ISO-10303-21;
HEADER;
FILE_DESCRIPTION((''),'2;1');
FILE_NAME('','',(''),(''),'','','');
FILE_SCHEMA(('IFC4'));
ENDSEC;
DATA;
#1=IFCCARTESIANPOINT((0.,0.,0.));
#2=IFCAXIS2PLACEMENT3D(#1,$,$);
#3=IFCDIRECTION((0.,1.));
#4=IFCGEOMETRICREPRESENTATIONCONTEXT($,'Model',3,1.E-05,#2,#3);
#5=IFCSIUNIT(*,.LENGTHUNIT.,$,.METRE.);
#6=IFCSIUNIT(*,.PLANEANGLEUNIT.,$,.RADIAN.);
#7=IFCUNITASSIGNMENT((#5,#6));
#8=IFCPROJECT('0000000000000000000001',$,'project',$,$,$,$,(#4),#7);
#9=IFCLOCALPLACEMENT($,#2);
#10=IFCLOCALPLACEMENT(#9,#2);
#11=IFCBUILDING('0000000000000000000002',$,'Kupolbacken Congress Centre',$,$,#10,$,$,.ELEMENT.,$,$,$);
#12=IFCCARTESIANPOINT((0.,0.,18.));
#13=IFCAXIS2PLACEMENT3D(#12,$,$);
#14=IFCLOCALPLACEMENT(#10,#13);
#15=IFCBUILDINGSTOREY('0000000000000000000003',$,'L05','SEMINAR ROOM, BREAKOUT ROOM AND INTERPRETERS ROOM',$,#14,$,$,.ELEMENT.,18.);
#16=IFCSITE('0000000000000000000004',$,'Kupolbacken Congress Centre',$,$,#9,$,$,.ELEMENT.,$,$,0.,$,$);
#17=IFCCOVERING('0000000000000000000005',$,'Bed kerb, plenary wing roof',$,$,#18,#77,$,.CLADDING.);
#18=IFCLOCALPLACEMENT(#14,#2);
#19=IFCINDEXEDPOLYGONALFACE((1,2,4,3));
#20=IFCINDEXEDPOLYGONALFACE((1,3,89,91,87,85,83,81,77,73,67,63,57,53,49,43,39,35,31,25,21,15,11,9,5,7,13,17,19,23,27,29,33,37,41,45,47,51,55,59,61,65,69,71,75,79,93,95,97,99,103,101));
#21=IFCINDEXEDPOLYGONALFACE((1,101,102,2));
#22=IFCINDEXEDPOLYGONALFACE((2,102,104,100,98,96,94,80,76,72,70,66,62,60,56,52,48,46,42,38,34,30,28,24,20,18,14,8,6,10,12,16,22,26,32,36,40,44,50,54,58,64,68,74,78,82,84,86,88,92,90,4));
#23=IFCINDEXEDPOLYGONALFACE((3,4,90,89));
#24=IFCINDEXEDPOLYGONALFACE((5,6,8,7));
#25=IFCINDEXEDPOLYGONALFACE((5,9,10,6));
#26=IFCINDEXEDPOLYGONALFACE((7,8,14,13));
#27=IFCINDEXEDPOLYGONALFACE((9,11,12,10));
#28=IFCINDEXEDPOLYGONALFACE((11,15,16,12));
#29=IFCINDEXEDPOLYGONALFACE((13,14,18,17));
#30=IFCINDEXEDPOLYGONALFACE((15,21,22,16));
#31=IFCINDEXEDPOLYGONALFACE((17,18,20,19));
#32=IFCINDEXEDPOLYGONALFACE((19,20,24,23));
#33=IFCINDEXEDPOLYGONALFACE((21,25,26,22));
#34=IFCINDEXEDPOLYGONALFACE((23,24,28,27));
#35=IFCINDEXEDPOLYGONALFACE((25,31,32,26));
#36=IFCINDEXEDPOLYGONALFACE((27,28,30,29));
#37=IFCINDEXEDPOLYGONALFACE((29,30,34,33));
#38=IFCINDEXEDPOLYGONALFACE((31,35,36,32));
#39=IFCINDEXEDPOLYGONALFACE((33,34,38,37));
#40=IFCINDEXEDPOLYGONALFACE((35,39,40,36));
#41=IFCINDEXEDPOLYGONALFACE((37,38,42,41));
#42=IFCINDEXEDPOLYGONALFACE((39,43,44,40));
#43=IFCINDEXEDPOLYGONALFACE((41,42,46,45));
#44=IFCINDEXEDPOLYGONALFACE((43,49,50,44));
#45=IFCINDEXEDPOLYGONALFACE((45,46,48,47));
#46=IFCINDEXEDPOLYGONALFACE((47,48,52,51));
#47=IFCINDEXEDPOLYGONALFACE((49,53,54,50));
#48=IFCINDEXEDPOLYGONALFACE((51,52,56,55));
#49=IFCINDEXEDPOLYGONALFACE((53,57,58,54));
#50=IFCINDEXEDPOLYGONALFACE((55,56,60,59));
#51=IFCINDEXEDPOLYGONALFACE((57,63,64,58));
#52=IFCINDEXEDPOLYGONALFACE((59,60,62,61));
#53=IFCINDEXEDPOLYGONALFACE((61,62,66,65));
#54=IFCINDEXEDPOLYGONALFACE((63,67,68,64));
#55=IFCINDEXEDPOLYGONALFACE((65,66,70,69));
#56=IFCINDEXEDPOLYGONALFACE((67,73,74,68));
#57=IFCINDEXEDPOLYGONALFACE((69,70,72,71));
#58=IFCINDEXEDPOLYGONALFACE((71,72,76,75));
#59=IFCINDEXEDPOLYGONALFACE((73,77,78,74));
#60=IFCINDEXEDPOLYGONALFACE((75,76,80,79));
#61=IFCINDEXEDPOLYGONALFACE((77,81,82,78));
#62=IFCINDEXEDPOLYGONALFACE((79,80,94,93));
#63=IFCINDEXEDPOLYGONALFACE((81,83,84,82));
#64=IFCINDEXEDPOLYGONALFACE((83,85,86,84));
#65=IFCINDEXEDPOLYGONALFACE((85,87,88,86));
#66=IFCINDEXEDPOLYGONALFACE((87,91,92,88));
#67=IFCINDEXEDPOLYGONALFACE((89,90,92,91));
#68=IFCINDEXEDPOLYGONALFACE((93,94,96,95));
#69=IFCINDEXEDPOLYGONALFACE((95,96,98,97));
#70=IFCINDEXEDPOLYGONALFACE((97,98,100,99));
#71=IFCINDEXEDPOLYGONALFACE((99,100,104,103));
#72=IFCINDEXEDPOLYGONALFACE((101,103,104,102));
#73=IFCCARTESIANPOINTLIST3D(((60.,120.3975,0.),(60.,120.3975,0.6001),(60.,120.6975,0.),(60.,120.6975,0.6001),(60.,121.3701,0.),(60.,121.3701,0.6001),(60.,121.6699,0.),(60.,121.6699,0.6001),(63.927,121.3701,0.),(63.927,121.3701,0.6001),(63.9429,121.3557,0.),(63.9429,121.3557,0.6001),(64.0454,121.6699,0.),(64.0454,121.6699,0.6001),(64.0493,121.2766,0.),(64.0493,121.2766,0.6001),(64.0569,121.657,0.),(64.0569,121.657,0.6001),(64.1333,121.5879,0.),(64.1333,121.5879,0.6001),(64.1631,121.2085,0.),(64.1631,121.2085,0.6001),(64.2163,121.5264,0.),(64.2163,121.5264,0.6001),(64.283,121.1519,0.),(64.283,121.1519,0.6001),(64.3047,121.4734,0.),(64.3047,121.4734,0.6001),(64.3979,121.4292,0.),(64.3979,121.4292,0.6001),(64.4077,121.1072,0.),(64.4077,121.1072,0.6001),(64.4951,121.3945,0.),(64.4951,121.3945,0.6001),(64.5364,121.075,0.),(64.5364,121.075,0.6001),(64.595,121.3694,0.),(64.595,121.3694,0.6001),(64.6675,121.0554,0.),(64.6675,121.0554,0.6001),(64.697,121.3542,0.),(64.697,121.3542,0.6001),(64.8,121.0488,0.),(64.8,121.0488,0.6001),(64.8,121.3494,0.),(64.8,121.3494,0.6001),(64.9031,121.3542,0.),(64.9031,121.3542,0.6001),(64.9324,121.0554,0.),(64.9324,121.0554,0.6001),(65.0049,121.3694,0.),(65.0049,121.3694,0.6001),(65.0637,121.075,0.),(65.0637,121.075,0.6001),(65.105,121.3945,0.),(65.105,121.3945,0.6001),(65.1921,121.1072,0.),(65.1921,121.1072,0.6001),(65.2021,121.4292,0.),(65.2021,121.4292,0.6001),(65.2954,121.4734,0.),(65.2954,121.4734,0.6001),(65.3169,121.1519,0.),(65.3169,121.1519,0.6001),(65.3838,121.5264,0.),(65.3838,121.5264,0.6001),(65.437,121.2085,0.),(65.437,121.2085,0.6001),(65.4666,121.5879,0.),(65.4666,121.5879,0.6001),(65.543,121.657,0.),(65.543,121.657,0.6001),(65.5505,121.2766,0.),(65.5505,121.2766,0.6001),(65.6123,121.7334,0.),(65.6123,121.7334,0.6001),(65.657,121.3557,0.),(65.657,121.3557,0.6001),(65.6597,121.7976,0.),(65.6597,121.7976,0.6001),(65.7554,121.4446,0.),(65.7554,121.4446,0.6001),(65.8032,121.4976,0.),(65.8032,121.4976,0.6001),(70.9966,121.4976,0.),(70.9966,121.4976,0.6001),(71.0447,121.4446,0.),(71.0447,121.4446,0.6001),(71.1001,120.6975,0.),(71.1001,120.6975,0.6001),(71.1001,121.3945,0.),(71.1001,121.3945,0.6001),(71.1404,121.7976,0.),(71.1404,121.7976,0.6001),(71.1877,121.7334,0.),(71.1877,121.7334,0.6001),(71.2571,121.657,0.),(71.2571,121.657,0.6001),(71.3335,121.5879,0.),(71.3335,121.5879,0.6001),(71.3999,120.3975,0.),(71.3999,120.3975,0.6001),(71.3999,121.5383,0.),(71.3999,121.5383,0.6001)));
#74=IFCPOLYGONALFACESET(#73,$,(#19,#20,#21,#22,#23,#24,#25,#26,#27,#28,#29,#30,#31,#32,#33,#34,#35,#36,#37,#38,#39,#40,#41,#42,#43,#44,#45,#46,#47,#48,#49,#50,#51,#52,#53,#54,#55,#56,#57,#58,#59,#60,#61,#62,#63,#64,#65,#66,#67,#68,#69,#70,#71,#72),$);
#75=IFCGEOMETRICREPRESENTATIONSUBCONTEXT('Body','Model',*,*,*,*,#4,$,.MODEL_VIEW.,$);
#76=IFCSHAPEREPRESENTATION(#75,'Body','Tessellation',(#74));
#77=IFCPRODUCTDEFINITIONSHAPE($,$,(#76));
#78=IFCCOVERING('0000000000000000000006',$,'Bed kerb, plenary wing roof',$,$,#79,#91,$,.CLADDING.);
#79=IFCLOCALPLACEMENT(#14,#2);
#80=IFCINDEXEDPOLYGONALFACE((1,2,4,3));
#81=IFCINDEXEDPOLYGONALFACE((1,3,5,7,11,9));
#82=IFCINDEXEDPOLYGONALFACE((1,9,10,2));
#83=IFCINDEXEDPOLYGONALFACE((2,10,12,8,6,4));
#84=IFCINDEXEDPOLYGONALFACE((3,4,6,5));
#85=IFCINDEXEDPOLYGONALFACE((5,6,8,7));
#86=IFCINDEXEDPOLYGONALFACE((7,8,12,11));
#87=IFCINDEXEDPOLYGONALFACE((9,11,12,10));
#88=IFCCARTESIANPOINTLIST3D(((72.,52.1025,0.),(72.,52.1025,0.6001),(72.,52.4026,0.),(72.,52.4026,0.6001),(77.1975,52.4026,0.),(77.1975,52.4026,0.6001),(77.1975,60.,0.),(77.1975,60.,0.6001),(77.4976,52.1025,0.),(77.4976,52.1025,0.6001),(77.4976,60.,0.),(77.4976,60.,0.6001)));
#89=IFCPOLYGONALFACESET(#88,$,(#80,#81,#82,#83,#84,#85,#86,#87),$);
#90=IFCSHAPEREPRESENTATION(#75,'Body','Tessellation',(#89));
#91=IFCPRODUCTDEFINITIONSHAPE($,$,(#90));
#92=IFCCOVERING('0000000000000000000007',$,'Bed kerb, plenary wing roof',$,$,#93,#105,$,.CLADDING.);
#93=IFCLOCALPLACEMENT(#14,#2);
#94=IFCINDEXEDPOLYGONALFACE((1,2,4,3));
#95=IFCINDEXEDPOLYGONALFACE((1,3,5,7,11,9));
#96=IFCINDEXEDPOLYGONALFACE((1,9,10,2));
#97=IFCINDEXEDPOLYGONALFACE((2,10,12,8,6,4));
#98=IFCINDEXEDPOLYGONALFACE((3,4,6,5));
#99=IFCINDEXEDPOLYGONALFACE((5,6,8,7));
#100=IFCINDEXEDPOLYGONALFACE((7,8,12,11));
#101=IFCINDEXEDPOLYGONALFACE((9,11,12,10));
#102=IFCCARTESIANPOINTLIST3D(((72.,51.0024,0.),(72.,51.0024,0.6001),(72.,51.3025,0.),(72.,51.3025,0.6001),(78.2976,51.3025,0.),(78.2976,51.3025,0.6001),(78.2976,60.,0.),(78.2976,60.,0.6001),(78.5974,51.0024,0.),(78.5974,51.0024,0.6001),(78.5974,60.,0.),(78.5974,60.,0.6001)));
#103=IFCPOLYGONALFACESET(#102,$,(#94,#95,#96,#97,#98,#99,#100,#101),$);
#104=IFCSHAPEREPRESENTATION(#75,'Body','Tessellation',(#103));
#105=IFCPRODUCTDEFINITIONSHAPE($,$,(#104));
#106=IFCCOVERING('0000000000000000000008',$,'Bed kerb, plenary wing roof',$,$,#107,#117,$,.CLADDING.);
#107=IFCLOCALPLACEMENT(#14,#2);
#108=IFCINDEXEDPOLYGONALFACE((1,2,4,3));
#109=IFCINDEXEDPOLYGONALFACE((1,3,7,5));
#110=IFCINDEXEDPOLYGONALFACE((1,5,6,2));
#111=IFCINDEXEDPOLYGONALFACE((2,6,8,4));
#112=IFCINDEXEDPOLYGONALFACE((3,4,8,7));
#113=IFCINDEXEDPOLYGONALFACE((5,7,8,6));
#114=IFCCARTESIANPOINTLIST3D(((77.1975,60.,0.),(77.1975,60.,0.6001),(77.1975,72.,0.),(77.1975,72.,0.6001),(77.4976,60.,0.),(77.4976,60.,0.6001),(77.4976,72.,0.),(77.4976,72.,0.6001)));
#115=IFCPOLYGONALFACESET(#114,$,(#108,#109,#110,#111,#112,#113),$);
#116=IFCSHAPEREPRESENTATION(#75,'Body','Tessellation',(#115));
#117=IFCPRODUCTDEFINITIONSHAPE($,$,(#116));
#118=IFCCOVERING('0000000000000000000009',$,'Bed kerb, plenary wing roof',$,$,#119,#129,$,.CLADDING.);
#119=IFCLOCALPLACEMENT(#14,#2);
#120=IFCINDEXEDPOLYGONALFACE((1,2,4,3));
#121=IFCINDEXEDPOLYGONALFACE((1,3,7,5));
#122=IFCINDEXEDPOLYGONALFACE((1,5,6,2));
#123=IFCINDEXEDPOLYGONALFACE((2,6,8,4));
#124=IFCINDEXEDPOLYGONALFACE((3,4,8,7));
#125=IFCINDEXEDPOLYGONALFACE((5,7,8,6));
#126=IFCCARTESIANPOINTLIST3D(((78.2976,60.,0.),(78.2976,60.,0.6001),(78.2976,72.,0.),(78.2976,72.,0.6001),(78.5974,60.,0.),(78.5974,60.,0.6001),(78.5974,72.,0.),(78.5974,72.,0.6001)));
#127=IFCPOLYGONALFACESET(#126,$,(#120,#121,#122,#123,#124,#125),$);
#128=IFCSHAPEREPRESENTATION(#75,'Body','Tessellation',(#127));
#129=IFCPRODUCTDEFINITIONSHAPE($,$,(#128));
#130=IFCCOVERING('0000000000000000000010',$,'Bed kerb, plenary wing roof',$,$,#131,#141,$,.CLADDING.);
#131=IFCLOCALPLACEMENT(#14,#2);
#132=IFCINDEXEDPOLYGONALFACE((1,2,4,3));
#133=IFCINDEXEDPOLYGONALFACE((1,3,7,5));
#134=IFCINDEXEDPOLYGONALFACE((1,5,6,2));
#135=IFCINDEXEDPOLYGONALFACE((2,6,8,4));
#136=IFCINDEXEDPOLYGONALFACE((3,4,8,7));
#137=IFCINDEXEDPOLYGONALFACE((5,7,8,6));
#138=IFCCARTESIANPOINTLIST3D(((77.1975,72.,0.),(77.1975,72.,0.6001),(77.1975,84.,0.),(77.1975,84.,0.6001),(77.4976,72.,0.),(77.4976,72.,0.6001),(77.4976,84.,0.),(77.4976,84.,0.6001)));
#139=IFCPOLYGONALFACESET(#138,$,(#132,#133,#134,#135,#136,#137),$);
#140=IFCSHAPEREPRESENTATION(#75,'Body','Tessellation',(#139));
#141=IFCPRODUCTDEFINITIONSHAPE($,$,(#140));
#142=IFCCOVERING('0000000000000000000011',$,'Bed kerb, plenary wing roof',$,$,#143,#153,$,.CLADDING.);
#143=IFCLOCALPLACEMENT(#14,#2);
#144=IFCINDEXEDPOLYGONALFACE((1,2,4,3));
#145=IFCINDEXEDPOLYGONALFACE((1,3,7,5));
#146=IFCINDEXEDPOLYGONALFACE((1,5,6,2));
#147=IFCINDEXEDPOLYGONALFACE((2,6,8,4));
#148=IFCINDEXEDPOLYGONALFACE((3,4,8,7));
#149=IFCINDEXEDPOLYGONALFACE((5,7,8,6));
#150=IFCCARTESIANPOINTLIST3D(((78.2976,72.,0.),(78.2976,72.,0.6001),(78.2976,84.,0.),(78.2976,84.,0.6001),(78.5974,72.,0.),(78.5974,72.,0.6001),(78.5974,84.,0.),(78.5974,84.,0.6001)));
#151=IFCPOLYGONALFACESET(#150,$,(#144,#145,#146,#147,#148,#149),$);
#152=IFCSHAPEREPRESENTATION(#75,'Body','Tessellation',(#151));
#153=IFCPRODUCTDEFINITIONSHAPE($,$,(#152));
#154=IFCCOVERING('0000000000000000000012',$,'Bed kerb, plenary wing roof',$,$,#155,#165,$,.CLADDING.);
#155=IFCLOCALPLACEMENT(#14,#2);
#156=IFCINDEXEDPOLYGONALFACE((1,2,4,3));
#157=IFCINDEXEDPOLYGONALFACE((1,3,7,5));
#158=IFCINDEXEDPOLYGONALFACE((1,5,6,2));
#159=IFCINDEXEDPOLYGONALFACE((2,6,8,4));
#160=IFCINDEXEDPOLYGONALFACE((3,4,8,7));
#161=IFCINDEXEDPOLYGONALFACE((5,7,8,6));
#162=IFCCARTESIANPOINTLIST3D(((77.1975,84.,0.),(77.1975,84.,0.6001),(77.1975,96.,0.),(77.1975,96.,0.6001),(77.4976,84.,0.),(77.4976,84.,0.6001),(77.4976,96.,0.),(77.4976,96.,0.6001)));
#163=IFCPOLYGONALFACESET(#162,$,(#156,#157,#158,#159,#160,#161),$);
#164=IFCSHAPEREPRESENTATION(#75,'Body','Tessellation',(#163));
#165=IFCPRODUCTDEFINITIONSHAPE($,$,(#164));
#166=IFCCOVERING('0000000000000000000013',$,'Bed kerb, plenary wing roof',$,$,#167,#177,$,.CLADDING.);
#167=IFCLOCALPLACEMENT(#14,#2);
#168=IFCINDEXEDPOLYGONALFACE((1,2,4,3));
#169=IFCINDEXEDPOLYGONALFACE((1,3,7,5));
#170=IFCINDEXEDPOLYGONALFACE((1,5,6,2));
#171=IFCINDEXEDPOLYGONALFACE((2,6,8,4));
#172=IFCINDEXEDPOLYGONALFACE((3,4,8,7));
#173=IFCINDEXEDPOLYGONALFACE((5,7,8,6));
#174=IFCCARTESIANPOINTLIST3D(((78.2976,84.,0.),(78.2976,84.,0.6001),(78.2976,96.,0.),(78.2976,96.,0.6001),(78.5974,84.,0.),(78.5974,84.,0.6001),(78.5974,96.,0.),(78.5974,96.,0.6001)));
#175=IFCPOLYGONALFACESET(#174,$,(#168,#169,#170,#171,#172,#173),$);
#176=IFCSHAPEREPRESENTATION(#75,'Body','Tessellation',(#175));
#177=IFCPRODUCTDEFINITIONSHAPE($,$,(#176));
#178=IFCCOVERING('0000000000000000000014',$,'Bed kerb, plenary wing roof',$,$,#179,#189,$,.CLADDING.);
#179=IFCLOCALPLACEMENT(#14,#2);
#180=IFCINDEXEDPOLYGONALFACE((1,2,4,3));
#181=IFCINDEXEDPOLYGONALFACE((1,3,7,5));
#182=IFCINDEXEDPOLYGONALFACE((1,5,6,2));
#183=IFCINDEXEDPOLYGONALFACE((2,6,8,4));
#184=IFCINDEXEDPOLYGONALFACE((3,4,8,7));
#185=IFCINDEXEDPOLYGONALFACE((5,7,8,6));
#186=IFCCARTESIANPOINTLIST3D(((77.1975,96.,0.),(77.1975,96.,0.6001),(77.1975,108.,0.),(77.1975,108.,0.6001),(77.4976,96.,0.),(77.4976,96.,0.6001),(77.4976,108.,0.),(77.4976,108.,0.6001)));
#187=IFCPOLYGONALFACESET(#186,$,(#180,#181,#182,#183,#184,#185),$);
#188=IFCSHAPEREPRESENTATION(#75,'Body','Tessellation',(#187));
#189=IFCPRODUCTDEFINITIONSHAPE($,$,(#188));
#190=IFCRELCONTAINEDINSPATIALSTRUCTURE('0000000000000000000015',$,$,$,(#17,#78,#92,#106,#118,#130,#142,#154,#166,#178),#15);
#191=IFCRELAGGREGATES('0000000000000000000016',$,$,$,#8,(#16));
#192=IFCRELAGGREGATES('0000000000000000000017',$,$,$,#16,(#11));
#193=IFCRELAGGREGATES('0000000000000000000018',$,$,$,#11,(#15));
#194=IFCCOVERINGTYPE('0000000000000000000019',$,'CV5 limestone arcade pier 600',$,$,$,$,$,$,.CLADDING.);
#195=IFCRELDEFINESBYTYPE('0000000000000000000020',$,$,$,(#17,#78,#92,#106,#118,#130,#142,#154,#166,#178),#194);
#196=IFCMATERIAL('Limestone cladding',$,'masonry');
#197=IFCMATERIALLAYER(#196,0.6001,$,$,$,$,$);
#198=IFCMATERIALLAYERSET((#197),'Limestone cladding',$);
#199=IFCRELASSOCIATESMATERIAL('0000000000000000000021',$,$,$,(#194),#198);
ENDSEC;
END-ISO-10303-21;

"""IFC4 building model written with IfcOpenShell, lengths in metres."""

from ifc_helpers import new_model, si_unit, direction, frame, origin, place, context, subcontext, project, spatial, polyline, outline, extrude, material, layer, layer_set, type_object, element, save


model = new_model("IFC4")

# Units and contexts
model_context = context("Model", 3, precision=1e-05, world=origin(), true_north=direction((0.0, 1.0)))
body_context = subcontext(model_context, "Body", "Model", "MODEL_VIEW")
ifc_project = project(units=[si_unit("LENGTHUNIT", "METRE"), si_unit("PLANEANGLEUNIT", "RADIAN")], contexts=[model_context])

# Site, building, storey
site_placement = place(None, origin())
site = spatial("IfcSite", under=ifc_project, at=site_placement, Name="Kupolbacken Congress Centre", CompositionType="ELEMENT", RefElevation=0.0)
building_placement = place(site_placement, origin())
building = spatial("IfcBuilding", under=site, at=building_placement, Name="Kupolbacken Congress Centre", CompositionType="ELEMENT")
storey_placement = place(building_placement, frame((0.0, 0.0, 18.0)))
storey = spatial("IfcBuildingStorey", under=building, at=storey_placement, Name="L05", Description="SEMINAR ROOM, BREAKOUT ROOM AND INTERPRETERS ROOM", CompositionType="ELEMENT", Elevation=18.0)

# Coverings
ifc_material_1 = material(Name="Limestone cladding", Category="masonry")
ifc_layer_1 = layer(ifc_material_1, 0.6001)
ifc_layer_set_1 = layer_set([ifc_layer_1], Name="Limestone cladding")
covering_type_1 = type_object("IfcCoveringType", Name="CV5 limestone arcade pier 600", PredefinedType="CLADDING", material=ifc_layer_set_1)
covering_1_placement = place(storey_placement, origin())
element("IfcCovering", 1, at=covering_1_placement, inside=storey, type_object=covering_type_1, Name="Bed kerb, plenary wing roof", PredefinedType="CLADDING", context=body_context, shape_type="SweptSolid", body=[
    extrude(outline(polyline([(71.2571, 121.657), (71.3335, 121.5879), (71.3999, 121.5383), (71.3999, 120.3975), (60.0, 120.3975), (60.0, 120.6975), (71.1001, 120.6975), (71.1001, 121.3945), (71.0447, 121.4446), (70.9966, 121.4976), (65.8032, 121.4976), (65.7554, 121.4446), (65.657, 121.3557), (65.5505, 121.2766), (65.437, 121.2085), (65.3169, 121.1519), (65.1921, 121.1072), (65.0637, 121.075), (64.9324, 121.0554), (64.8, 121.0488), (64.6675, 121.0554), (64.5364, 121.075), (64.4077, 121.1072), (64.283, 121.1519), (64.1631, 121.2085), (64.0493, 121.2766), (63.9429, 121.3557), (63.927, 121.3701), (60.0, 121.3701), (60.0, 121.6699), (64.0454, 121.6699), (64.0569, 121.657), (64.1333, 121.5879), (64.2163, 121.5264), (64.3047, 121.4734), (64.3979, 121.4292), (64.4951, 121.3945), (64.595, 121.3694), (64.697, 121.3542), (64.8, 121.3494), (64.9031, 121.3542), (65.0049, 121.3694), (65.105, 121.3945), (65.2021, 121.4292), (65.2954, 121.4734), (65.3838, 121.5264), (65.4666, 121.5879), (65.543, 121.657), (65.6123, 121.7334), (65.6597, 121.7976), (71.1404, 121.7976), (71.1877, 121.7334), (71.2571, 121.657)])), origin(), (0.0, 0.0, 1.0), 0.6001),
])
covering_2_placement = place(storey_placement, origin())
element("IfcCovering", 2, at=covering_2_placement, inside=storey, type_object=covering_type_1, Name="Bed kerb, plenary wing roof", PredefinedType="CLADDING", context=body_context, shape_type="SweptSolid", body=[
    extrude(outline(polyline([(77.1975, 52.4026), (77.1975, 60.0), (77.4976, 60.0), (77.4976, 52.1025), (72.0, 52.1025), (72.0, 52.4026), (77.1975, 52.4026)])), origin(), (0.0, 0.0, 1.0), 0.6001),
])
covering_3_placement = place(storey_placement, origin())
element("IfcCovering", 3, at=covering_3_placement, inside=storey, type_object=covering_type_1, Name="Bed kerb, plenary wing roof", PredefinedType="CLADDING", context=body_context, shape_type="SweptSolid", body=[
    extrude(outline(polyline([(78.5974, 51.0024), (72.0, 51.0024), (72.0, 51.3025), (78.2976, 51.3025), (78.2976, 60.0), (78.5974, 60.0), (78.5974, 51.0024)])), origin(), (0.0, 0.0, 1.0), 0.6001),
])
covering_4_placement = place(storey_placement, origin())
element("IfcCovering", 4, at=covering_4_placement, inside=storey, type_object=covering_type_1, Name="Bed kerb, plenary wing roof", PredefinedType="CLADDING", context=body_context, shape_type="SweptSolid", body=[
    extrude(outline(polyline([(77.1975, 72.0), (77.4976, 72.0), (77.4976, 60.0), (77.1975, 60.0), (77.1975, 72.0)])), origin(), (0.0, 0.0, 1.0), 0.6001),
])
covering_5_placement = place(storey_placement, origin())
element("IfcCovering", 5, at=covering_5_placement, inside=storey, type_object=covering_type_1, Name="Bed kerb, plenary wing roof", PredefinedType="CLADDING", context=body_context, shape_type="SweptSolid", body=[
    extrude(outline(polyline([(78.5974, 60.0), (78.2976, 60.0), (78.2976, 72.0), (78.5974, 72.0), (78.5974, 60.0)])), origin(), (0.0, 0.0, 1.0), 0.6001),
])
covering_6_placement = place(storey_placement, origin())
element("IfcCovering", 6, at=covering_6_placement, inside=storey, type_object=covering_type_1, Name="Bed kerb, plenary wing roof", PredefinedType="CLADDING", context=body_context, shape_type="SweptSolid", body=[
    extrude(outline(polyline([(77.1975, 84.0), (77.4976, 84.0), (77.4976, 72.0), (77.1975, 72.0), (77.1975, 84.0)])), origin(), (0.0, 0.0, 1.0), 0.6001),
])
covering_7_placement = place(storey_placement, origin())
element("IfcCovering", 7, at=covering_7_placement, inside=storey, type_object=covering_type_1, Name="Bed kerb, plenary wing roof", PredefinedType="CLADDING", context=body_context, shape_type="SweptSolid", body=[
    extrude(outline(polyline([(78.5974, 72.0), (78.2976, 72.0), (78.2976, 84.0), (78.5974, 84.0), (78.5974, 72.0)])), origin(), (0.0, 0.0, 1.0), 0.6001),
])
covering_8_placement = place(storey_placement, origin())
element("IfcCovering", 8, at=covering_8_placement, inside=storey, type_object=covering_type_1, Name="Bed kerb, plenary wing roof", PredefinedType="CLADDING", context=body_context, shape_type="SweptSolid", body=[
    extrude(outline(polyline([(77.1975, 96.0), (77.4976, 96.0), (77.4976, 84.0), (77.1975, 84.0), (77.1975, 96.0)])), origin(), (0.0, 0.0, 1.0), 0.6001),
])
covering_9_placement = place(storey_placement, origin())
element("IfcCovering", 9, at=covering_9_placement, inside=storey, type_object=covering_type_1, Name="Bed kerb, plenary wing roof", PredefinedType="CLADDING", context=body_context, shape_type="SweptSolid", body=[
    extrude(outline(polyline([(78.5974, 84.0), (78.2976, 84.0), (78.2976, 96.0), (78.5974, 96.0), (78.5974, 84.0)])), origin(), (0.0, 0.0, 1.0), 0.6001),
])
covering_10_placement = place(storey_placement, origin())
element("IfcCovering", 10, at=covering_10_placement, inside=storey, type_object=covering_type_1, Name="Bed kerb, plenary wing roof", PredefinedType="CLADDING", context=body_context, shape_type="SweptSolid", body=[
    extrude(outline(polyline([(77.1975, 108.0), (77.4976, 108.0), (77.4976, 96.0), (77.1975, 96.0), (77.1975, 108.0)])), origin(), (0.0, 0.0, 1.0), 0.6001),
])

save(model, "model.ifc")
